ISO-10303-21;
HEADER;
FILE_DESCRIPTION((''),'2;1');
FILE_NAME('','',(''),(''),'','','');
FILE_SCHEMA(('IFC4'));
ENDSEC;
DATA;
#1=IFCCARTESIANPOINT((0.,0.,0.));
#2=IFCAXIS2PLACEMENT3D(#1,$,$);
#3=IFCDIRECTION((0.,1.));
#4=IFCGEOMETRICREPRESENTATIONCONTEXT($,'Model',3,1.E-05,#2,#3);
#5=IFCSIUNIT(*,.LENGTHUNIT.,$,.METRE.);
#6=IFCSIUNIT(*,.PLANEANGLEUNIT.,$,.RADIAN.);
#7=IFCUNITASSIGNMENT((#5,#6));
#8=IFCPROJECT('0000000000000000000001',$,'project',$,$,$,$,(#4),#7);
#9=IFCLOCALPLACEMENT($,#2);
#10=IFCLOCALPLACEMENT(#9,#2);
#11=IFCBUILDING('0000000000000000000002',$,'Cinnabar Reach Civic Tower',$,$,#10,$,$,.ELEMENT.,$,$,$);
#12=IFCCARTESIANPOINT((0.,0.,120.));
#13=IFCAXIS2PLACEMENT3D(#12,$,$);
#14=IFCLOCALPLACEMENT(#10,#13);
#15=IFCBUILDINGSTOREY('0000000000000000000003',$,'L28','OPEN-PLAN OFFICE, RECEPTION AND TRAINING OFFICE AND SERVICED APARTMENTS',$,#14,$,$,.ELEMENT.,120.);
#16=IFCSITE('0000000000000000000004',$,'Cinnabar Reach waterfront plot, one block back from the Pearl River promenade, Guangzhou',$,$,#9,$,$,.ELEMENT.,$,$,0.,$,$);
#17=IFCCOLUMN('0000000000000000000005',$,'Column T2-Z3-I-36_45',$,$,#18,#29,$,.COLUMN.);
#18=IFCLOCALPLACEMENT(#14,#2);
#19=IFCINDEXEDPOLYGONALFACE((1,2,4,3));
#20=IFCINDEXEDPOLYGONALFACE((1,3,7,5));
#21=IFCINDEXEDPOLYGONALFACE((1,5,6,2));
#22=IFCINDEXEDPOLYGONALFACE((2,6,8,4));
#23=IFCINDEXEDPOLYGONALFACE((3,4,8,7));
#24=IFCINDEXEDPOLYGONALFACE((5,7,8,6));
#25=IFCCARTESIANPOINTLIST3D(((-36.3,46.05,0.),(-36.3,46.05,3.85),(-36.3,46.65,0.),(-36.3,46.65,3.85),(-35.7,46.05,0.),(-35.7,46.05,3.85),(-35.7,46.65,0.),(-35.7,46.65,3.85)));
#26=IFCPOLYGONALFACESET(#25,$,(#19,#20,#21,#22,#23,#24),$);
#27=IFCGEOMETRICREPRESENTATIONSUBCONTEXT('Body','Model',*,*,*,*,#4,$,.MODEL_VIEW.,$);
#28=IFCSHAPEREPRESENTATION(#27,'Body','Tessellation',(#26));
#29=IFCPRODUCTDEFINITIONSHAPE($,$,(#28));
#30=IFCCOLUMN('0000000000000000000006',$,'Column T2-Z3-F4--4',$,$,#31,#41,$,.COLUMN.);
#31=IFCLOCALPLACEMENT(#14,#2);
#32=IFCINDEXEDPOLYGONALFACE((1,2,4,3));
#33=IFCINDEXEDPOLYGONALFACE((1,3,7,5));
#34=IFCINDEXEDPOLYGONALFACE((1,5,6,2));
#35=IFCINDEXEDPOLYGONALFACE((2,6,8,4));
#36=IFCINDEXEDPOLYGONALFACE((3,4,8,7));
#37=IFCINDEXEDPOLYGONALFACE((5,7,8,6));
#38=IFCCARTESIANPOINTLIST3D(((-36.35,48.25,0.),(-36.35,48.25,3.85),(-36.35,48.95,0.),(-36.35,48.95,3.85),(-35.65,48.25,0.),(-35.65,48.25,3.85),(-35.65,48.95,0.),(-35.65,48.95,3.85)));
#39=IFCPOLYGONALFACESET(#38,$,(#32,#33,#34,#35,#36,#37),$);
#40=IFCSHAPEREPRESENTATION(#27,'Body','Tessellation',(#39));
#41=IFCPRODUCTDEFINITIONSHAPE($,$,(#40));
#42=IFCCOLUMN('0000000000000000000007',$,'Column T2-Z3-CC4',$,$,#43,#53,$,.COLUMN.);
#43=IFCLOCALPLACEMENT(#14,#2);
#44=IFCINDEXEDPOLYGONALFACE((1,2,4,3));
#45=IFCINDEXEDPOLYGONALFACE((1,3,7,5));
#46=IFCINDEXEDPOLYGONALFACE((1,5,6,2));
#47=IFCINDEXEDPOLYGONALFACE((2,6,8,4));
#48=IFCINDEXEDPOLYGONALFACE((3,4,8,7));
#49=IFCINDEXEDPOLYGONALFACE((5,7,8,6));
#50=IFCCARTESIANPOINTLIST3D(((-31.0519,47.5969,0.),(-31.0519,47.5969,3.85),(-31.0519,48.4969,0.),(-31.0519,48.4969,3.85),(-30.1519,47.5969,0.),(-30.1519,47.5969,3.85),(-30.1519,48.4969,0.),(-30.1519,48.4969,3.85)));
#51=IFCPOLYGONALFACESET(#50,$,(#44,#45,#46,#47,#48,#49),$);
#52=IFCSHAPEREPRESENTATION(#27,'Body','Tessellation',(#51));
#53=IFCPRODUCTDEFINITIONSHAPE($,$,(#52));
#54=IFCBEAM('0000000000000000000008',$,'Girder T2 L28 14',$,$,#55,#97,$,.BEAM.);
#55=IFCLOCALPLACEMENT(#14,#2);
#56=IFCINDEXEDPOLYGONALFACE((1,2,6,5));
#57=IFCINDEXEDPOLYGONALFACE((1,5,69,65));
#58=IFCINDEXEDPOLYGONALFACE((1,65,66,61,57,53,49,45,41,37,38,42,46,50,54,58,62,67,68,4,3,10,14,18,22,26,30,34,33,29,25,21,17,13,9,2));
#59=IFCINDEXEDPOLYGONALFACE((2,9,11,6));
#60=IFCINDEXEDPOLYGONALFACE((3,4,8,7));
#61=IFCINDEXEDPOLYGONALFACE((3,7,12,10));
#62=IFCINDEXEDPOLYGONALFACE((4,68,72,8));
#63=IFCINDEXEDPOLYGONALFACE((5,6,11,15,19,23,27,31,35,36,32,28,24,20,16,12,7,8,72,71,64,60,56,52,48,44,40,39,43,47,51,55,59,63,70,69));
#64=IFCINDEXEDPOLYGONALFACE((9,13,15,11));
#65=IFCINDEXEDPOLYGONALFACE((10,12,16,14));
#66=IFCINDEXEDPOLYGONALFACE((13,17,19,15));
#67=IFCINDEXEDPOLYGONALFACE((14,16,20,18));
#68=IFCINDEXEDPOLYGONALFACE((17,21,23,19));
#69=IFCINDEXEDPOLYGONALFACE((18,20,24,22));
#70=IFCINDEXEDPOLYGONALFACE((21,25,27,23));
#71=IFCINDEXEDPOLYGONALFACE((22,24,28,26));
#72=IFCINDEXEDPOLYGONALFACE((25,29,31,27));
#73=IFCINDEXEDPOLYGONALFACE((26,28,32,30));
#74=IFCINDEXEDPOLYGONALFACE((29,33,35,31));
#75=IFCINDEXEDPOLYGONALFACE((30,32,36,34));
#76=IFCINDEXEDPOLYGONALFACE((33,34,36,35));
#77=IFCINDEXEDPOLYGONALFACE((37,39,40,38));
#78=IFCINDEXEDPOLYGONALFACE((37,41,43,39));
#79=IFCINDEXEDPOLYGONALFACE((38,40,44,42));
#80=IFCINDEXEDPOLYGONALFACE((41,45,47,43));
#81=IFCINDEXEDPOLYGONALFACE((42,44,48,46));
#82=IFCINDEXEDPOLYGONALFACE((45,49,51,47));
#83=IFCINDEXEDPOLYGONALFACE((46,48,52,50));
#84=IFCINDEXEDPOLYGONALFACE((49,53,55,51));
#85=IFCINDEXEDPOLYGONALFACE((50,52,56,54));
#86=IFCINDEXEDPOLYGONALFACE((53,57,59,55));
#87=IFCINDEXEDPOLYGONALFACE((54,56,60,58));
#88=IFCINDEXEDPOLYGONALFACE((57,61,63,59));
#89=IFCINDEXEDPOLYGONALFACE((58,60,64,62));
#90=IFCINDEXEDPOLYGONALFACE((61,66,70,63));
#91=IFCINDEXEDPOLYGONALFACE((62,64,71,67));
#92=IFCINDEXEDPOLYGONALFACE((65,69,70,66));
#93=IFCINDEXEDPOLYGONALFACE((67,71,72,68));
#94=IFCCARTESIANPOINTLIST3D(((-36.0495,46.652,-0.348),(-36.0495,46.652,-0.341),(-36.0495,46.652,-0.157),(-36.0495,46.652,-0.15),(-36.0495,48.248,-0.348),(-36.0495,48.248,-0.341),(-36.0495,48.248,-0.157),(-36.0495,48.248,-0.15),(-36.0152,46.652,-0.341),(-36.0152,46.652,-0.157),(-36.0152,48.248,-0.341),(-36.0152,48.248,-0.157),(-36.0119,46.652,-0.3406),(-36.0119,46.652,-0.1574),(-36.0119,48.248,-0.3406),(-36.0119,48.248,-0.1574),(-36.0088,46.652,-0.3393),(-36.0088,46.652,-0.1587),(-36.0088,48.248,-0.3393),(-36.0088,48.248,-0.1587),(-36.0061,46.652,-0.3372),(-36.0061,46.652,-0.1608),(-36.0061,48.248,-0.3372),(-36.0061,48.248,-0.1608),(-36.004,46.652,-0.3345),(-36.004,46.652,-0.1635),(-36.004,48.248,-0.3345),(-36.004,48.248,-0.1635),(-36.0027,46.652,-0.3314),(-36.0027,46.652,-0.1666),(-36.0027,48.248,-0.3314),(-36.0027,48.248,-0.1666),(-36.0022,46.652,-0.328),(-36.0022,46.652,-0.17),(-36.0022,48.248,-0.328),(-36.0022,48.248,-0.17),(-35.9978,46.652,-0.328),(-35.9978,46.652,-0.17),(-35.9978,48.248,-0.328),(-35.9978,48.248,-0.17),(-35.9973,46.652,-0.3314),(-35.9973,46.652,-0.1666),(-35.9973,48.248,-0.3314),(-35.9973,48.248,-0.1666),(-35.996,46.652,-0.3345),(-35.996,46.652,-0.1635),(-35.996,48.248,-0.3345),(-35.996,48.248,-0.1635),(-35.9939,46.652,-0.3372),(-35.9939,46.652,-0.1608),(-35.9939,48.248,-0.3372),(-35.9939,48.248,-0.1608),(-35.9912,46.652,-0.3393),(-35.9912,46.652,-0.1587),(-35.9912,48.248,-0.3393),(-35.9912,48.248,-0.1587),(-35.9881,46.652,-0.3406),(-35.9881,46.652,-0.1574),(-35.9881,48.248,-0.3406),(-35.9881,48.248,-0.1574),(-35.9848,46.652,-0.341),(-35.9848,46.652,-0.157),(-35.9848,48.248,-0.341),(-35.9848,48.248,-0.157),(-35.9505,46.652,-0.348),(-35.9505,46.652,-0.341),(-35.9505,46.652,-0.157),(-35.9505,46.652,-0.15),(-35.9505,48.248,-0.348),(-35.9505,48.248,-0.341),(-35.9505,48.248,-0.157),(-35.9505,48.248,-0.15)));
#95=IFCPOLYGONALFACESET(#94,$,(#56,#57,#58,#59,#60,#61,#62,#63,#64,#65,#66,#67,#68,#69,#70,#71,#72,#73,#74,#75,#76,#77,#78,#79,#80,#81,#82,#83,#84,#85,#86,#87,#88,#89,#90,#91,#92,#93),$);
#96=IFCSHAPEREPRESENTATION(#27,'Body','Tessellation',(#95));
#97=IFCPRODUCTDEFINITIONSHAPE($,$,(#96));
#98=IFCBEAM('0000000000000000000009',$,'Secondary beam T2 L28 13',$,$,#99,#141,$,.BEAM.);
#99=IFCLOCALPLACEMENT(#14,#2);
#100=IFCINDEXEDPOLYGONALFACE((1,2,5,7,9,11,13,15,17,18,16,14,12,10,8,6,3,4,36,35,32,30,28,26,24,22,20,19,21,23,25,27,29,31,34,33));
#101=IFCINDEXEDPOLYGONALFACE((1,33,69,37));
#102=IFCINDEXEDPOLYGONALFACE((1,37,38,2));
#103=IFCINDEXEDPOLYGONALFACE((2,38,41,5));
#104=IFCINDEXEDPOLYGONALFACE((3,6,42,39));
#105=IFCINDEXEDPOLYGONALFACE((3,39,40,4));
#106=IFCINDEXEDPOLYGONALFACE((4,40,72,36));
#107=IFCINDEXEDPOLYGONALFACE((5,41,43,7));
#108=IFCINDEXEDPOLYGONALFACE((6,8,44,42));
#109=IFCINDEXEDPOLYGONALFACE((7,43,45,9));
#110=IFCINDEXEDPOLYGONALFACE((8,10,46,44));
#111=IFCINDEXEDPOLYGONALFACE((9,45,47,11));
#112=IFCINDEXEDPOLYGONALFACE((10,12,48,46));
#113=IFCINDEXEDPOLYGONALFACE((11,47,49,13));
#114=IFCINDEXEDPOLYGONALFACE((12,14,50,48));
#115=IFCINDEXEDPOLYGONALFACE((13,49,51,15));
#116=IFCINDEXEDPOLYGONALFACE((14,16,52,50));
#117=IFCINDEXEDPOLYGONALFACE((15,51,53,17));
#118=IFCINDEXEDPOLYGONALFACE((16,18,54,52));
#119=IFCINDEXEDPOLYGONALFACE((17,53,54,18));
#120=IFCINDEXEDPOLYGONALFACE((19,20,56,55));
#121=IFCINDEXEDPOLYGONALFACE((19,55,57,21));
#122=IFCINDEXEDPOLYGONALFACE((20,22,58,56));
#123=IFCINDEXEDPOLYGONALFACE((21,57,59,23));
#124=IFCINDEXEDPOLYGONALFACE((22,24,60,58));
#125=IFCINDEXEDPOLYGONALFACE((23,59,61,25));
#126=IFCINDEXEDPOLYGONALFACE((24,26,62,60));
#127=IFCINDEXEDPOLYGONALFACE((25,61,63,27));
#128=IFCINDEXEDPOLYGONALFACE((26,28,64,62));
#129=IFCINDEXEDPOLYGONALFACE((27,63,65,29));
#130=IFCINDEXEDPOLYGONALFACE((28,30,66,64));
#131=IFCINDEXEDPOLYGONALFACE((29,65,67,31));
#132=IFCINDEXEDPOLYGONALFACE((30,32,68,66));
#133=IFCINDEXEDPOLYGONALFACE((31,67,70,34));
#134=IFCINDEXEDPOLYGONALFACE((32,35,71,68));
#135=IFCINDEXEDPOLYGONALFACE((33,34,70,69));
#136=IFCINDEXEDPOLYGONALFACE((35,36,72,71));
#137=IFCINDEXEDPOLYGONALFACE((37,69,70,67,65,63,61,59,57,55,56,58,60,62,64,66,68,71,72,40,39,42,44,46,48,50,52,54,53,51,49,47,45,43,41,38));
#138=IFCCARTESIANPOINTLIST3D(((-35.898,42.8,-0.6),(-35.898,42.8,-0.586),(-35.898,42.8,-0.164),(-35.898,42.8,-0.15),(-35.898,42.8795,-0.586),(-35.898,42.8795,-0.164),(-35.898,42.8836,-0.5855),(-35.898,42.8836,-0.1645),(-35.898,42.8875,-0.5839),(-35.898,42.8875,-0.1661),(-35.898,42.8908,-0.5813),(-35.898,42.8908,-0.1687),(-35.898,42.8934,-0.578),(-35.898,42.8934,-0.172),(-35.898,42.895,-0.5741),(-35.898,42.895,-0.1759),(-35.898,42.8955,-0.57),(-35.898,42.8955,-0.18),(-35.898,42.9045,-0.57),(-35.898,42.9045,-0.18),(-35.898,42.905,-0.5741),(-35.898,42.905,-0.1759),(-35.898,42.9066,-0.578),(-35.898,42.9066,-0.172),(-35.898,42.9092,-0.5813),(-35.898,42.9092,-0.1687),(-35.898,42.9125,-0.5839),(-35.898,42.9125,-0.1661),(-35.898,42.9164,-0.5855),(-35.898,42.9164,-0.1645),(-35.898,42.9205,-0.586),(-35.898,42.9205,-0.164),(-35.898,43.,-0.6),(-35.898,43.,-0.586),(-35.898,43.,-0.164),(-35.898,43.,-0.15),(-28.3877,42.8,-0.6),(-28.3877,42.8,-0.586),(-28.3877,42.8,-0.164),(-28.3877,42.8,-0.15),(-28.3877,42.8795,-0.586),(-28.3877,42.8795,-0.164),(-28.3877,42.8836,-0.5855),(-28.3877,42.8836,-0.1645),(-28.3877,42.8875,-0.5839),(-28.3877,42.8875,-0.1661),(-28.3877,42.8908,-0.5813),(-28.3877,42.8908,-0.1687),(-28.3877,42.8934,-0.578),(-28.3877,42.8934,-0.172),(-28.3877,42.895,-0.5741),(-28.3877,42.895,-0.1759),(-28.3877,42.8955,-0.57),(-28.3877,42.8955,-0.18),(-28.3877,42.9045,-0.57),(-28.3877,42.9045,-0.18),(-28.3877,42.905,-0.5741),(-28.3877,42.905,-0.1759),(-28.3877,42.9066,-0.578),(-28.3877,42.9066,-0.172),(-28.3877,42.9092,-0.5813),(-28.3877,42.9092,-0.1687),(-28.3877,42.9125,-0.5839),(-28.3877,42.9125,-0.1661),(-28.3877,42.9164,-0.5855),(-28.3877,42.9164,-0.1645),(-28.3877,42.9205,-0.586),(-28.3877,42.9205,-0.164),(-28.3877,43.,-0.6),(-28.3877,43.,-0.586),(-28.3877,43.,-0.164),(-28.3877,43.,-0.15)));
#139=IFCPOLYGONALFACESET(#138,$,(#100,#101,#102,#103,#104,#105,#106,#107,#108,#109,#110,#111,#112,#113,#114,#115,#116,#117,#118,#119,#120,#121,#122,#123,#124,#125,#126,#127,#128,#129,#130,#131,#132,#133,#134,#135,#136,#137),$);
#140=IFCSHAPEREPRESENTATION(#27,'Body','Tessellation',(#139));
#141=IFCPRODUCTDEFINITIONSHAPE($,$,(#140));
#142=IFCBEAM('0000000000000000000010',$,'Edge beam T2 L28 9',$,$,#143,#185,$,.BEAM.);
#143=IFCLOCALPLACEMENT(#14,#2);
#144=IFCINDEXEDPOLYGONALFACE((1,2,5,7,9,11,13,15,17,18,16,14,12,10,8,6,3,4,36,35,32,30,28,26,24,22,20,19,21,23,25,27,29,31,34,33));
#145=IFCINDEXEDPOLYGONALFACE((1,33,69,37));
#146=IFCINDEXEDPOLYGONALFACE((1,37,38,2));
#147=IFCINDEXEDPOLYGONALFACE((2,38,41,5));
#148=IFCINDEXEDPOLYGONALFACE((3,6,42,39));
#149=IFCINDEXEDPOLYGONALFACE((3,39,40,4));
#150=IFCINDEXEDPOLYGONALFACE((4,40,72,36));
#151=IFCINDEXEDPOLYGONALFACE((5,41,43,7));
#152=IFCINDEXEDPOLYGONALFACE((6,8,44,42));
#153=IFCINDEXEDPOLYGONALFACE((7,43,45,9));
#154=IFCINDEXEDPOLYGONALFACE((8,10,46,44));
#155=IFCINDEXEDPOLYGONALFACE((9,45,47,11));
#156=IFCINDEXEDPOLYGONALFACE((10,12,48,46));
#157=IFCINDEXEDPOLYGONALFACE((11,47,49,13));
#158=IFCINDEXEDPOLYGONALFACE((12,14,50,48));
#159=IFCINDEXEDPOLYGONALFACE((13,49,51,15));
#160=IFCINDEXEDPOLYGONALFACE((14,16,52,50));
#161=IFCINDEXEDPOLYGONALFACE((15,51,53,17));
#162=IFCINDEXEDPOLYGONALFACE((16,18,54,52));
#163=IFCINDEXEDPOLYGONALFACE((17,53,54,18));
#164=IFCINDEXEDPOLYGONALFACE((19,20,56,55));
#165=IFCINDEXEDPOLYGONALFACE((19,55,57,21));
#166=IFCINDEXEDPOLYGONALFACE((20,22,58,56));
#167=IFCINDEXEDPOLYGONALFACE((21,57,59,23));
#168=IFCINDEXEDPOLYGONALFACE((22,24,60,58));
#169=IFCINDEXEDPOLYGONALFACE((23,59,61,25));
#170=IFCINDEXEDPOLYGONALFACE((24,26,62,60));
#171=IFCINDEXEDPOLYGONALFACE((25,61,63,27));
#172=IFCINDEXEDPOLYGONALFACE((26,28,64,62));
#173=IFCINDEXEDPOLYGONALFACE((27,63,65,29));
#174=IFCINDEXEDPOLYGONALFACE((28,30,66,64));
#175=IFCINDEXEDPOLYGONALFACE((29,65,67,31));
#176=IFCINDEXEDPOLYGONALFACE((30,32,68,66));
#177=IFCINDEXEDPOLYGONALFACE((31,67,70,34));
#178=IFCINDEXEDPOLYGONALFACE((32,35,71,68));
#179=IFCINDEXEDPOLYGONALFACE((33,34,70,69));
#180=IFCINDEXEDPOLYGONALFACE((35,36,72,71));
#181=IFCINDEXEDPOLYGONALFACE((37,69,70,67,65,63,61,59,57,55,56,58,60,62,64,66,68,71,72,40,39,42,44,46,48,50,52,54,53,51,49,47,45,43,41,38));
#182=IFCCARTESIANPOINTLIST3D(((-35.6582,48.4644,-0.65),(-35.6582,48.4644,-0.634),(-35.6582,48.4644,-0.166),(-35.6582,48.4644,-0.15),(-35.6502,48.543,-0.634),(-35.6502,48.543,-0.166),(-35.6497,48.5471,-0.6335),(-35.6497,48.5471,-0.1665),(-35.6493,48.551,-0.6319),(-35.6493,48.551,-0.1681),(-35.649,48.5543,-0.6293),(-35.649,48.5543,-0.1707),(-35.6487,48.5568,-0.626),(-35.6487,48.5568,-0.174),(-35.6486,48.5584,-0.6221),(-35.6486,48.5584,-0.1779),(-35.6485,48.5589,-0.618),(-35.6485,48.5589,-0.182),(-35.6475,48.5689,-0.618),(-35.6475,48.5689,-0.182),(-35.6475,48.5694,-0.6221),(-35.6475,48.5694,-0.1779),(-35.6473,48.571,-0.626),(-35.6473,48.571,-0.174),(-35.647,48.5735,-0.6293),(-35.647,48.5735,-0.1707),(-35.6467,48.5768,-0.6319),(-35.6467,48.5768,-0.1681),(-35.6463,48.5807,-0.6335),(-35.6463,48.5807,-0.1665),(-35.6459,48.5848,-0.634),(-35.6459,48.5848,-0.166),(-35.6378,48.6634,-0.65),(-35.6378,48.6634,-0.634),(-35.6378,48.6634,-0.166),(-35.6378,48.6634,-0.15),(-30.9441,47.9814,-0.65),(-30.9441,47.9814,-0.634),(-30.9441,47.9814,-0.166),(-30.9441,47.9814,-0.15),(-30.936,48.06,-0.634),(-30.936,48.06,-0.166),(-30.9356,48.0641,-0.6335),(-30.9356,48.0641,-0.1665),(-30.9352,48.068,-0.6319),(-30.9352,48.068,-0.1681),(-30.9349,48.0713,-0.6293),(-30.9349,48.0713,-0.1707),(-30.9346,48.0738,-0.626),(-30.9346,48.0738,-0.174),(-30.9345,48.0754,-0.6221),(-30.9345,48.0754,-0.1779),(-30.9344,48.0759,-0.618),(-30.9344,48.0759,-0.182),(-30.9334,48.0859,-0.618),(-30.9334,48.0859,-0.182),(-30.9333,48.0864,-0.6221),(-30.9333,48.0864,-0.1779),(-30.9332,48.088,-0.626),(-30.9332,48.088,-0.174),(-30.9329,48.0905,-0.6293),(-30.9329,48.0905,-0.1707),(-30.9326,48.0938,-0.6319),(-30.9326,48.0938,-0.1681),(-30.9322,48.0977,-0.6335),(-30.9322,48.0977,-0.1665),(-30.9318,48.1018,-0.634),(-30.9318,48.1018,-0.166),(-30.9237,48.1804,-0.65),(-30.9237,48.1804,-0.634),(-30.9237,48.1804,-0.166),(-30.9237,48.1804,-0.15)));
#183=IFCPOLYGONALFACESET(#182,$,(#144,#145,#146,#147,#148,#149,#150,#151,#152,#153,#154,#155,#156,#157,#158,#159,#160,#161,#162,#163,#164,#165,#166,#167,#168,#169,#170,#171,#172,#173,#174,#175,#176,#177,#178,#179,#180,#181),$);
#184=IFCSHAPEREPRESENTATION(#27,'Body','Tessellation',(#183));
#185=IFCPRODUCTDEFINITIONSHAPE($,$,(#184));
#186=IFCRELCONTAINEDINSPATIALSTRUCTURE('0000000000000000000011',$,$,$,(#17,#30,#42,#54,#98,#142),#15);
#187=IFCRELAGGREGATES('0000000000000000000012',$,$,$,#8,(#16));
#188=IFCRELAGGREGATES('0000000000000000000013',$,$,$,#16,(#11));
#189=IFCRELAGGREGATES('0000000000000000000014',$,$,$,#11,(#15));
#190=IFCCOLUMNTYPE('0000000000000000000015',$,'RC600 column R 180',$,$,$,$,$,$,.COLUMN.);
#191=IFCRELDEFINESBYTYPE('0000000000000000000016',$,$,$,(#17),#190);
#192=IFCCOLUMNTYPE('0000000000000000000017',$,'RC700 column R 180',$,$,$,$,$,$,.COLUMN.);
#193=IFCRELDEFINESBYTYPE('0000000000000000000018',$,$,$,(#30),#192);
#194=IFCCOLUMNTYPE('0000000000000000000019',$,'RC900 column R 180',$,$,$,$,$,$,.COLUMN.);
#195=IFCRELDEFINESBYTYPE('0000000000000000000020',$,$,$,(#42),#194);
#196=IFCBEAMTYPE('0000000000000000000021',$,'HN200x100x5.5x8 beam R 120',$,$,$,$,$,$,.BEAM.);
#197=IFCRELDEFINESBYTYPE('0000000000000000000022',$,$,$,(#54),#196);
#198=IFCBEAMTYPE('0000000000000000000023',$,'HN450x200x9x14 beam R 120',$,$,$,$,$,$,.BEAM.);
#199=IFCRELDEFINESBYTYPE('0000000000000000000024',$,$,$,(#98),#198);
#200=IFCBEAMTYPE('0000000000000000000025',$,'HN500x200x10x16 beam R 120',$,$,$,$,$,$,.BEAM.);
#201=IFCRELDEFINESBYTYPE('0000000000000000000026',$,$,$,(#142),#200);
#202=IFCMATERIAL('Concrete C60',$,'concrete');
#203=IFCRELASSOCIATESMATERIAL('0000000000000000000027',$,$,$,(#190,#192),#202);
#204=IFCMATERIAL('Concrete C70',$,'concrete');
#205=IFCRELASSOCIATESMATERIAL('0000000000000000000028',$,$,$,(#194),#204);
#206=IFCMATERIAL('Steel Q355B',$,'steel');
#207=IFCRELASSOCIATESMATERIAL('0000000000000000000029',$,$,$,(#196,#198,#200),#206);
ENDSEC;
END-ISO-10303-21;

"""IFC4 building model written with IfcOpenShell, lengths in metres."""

from ifc_helpers import new_model, si_unit, direction, frame, origin, origin_2d, place, context, subcontext, project, spatial, rectangle, i_section, extrude, material, material_profile, profile_set, type_object, element, save


model = new_model("IFC4")

# Units and contexts
model_context = context("Model", 3, precision=1e-05, world=origin(), true_north=direction((0.0, 1.0)))
body_context = subcontext(model_context, "Body", "Model", "MODEL_VIEW")
ifc_project = project(units=[si_unit("LENGTHUNIT", "METRE"), si_unit("PLANEANGLEUNIT", "RADIAN")], contexts=[model_context])

# Site, building, storey
site_placement = place(None, origin())
site = spatial("IfcSite", under=ifc_project, at=site_placement, Name="Cinnabar Reach waterfront plot, one block back from the Pearl River promenade, Guangzhou", CompositionType="ELEMENT", RefElevation=0.0)
building_placement = place(site_placement, origin())
building = spatial("IfcBuilding", under=site, at=building_placement, Name="Cinnabar Reach Civic Tower", CompositionType="ELEMENT")
storey_placement = place(building_placement, frame((0.0, 0.0, 120.0)))
storey = spatial("IfcBuildingStorey", under=building, at=storey_placement, Name="L28", Description="OPEN-PLAN OFFICE, RECEPTION AND TRAINING OFFICE AND SERVICED APARTMENTS", CompositionType="ELEMENT", Elevation=120.0)

# Columns
ifc_material_1 = material(Name="Concrete C60", Category="concrete")
ifc_material_profile_1 = material_profile(ifc_material_1, rectangle(XDim=0.6, YDim=0.6, at=origin_2d()), Name="RC600")
ifc_profile_set_1 = profile_set([ifc_material_profile_1], Name="Concrete C60")
column_type_1 = type_object("IfcColumnType", Name="RC600 column R 180", PredefinedType="COLUMN", material=ifc_profile_set_1)
column_1_placement = place(storey_placement, frame((-36.0, 46.35, 0.0), z_axis=(0.0, 0.0, 1.0), x_axis=(1.0, 0.0, 0.0)))
element("IfcColumn", 1, at=column_1_placement, inside=storey, type_object=column_type_1, Name="Column T2-Z3-I-36_45", PredefinedType="COLUMN", context=body_context, shape_type="SweptSolid", body=[
    extrude(rectangle(XDim=0.6, YDim=0.6, at=origin_2d()), origin(), (0.0, 0.0, 1.0), 3.85),
])
ifc_material_profile_2 = material_profile(ifc_material_1, rectangle(XDim=0.7, YDim=0.7, at=origin_2d()), Name="RC700")
ifc_profile_set_2 = profile_set([ifc_material_profile_2], Name="Concrete C60")
column_type_2 = type_object("IfcColumnType", Name="RC700 column R 180", PredefinedType="COLUMN", material=ifc_profile_set_2)
column_2_placement = place(storey_placement, frame((-36.0, 48.6, 0.0), z_axis=(0.0, 0.0, 1.0), x_axis=(1.0, 0.0, 0.0)))
element("IfcColumn", 2, at=column_2_placement, inside=storey, type_object=column_type_2, Name="Column T2-Z3-F4--4", PredefinedType="COLUMN", context=body_context, shape_type="SweptSolid", body=[
    extrude(rectangle(XDim=0.7, YDim=0.7, at=origin_2d()), origin(), (0.0, 0.0, 1.0), 3.85),
])
ifc_material_2 = material(Name="Concrete C70", Category="concrete")
ifc_material_profile_3 = material_profile(ifc_material_2, rectangle(XDim=0.9, YDim=0.9, at=origin_2d()), Name="RC900")
ifc_profile_set_3 = profile_set([ifc_material_profile_3], Name="Concrete C70")
column_type_3 = type_object("IfcColumnType", Name="RC900 column R 180", PredefinedType="COLUMN", material=ifc_profile_set_3)
column_3_placement = place(storey_placement, frame((-30.6019, 48.0469, 0.0), z_axis=(0.0, 0.0, 1.0), x_axis=(1.0, 0.0, 0.0)))
element("IfcColumn", 3, at=column_3_placement, inside=storey, type_object=column_type_3, Name="Column T2-Z3-CC4", PredefinedType="COLUMN", context=body_context, shape_type="SweptSolid", body=[
    extrude(rectangle(XDim=0.9, YDim=0.9, at=origin_2d()), origin(), (0.0, 0.0, 1.0), 3.85),
])

# Beams
ifc_material_3 = material(Name="Steel Q355B", Category="steel")
ifc_material_profile_4 = material_profile(ifc_material_3, i_section(OverallWidth=0.099, OverallDepth=0.198, WebThickness=0.0045, FlangeThickness=0.007, FilletRadius=0.013, at=origin_2d()), Name="HN200x100x5.5x8")
ifc_profile_set_4 = profile_set([ifc_material_profile_4], Name="Steel Q355B")
beam_type_1 = type_object("IfcBeamType", Name="HN200x100x5.5x8 beam R 120", PredefinedType="BEAM", material=ifc_profile_set_4)
beam_1_placement = place(storey_placement, frame((-36.0, 46.652, -0.249), z_axis=(0.0, 1.0, 0.0), x_axis=(-1.0, 0.0, 0.0)))
element("IfcBeam", 4, at=beam_1_placement, inside=storey, type_object=beam_type_1, Name="Girder T2 L28 14", PredefinedType="BEAM", context=body_context, shape_type="SweptSolid", body=[
    extrude(i_section(OverallWidth=0.099, OverallDepth=0.198, WebThickness=0.0045, FlangeThickness=0.007, FilletRadius=0.013, at=origin_2d()), origin(), (0.0, 0.0, 1.0), 1.596),
])
ifc_material_profile_5 = material_profile(ifc_material_3, i_section(OverallWidth=0.2, OverallDepth=0.45, WebThickness=0.009, FlangeThickness=0.014, FilletRadius=0.016, at=origin_2d()), Name="HN450x200x9x14")
ifc_profile_set_5 = profile_set([ifc_material_profile_5], Name="Steel Q355B")
beam_type_2 = type_object("IfcBeamType", Name="HN450x200x9x14 beam R 120", PredefinedType="BEAM", material=ifc_profile_set_5)
beam_2_placement = place(storey_placement, frame((-35.898, 42.9, -0.375), z_axis=(1.0, 0.0, 0.0), x_axis=(0.0, 1.0, 0.0)))
element("IfcBeam", 5, at=beam_2_placement, inside=storey, type_object=beam_type_2, Name="Secondary beam T2 L28 13", PredefinedType="BEAM", context=body_context, shape_type="SweptSolid", body=[
    extrude(i_section(OverallWidth=0.2, OverallDepth=0.45, WebThickness=0.009, FlangeThickness=0.014, FilletRadius=0.016, at=origin_2d()), origin(), (0.0, 0.0, 1.0), 7.5103),
])
ifc_material_profile_6 = material_profile(ifc_material_3, i_section(OverallWidth=0.2, OverallDepth=0.5, WebThickness=0.01, FlangeThickness=0.016, FilletRadius=0.016, at=origin_2d()), Name="HN500x200x10x16")
ifc_profile_set_6 = profile_set([ifc_material_profile_6], Name="Steel Q355B")
beam_type_3 = type_object("IfcBeamType", Name="HN500x200x10x16 beam R 120", PredefinedType="BEAM", material=ifc_profile_set_6)
beam_3_placement = place(storey_placement, frame((-30.9339, 48.0809, -0.4), z_axis=(-0.994792, 0.101925, 0.0), x_axis=(-0.101925, -0.994792, 0.0)))
element("IfcBeam", 6, at=beam_3_placement, inside=storey, type_object=beam_type_3, Name="Edge beam T2 L28 9", PredefinedType="BEAM", context=body_context, shape_type="SweptSolid", body=[
    extrude(i_section(OverallWidth=0.2, OverallDepth=0.5, WebThickness=0.01, FlangeThickness=0.016, FilletRadius=0.016, at=origin_2d()), origin(), (0.0, 0.0, 1.0), 4.7388),
])

save(model, "model.ifc")
